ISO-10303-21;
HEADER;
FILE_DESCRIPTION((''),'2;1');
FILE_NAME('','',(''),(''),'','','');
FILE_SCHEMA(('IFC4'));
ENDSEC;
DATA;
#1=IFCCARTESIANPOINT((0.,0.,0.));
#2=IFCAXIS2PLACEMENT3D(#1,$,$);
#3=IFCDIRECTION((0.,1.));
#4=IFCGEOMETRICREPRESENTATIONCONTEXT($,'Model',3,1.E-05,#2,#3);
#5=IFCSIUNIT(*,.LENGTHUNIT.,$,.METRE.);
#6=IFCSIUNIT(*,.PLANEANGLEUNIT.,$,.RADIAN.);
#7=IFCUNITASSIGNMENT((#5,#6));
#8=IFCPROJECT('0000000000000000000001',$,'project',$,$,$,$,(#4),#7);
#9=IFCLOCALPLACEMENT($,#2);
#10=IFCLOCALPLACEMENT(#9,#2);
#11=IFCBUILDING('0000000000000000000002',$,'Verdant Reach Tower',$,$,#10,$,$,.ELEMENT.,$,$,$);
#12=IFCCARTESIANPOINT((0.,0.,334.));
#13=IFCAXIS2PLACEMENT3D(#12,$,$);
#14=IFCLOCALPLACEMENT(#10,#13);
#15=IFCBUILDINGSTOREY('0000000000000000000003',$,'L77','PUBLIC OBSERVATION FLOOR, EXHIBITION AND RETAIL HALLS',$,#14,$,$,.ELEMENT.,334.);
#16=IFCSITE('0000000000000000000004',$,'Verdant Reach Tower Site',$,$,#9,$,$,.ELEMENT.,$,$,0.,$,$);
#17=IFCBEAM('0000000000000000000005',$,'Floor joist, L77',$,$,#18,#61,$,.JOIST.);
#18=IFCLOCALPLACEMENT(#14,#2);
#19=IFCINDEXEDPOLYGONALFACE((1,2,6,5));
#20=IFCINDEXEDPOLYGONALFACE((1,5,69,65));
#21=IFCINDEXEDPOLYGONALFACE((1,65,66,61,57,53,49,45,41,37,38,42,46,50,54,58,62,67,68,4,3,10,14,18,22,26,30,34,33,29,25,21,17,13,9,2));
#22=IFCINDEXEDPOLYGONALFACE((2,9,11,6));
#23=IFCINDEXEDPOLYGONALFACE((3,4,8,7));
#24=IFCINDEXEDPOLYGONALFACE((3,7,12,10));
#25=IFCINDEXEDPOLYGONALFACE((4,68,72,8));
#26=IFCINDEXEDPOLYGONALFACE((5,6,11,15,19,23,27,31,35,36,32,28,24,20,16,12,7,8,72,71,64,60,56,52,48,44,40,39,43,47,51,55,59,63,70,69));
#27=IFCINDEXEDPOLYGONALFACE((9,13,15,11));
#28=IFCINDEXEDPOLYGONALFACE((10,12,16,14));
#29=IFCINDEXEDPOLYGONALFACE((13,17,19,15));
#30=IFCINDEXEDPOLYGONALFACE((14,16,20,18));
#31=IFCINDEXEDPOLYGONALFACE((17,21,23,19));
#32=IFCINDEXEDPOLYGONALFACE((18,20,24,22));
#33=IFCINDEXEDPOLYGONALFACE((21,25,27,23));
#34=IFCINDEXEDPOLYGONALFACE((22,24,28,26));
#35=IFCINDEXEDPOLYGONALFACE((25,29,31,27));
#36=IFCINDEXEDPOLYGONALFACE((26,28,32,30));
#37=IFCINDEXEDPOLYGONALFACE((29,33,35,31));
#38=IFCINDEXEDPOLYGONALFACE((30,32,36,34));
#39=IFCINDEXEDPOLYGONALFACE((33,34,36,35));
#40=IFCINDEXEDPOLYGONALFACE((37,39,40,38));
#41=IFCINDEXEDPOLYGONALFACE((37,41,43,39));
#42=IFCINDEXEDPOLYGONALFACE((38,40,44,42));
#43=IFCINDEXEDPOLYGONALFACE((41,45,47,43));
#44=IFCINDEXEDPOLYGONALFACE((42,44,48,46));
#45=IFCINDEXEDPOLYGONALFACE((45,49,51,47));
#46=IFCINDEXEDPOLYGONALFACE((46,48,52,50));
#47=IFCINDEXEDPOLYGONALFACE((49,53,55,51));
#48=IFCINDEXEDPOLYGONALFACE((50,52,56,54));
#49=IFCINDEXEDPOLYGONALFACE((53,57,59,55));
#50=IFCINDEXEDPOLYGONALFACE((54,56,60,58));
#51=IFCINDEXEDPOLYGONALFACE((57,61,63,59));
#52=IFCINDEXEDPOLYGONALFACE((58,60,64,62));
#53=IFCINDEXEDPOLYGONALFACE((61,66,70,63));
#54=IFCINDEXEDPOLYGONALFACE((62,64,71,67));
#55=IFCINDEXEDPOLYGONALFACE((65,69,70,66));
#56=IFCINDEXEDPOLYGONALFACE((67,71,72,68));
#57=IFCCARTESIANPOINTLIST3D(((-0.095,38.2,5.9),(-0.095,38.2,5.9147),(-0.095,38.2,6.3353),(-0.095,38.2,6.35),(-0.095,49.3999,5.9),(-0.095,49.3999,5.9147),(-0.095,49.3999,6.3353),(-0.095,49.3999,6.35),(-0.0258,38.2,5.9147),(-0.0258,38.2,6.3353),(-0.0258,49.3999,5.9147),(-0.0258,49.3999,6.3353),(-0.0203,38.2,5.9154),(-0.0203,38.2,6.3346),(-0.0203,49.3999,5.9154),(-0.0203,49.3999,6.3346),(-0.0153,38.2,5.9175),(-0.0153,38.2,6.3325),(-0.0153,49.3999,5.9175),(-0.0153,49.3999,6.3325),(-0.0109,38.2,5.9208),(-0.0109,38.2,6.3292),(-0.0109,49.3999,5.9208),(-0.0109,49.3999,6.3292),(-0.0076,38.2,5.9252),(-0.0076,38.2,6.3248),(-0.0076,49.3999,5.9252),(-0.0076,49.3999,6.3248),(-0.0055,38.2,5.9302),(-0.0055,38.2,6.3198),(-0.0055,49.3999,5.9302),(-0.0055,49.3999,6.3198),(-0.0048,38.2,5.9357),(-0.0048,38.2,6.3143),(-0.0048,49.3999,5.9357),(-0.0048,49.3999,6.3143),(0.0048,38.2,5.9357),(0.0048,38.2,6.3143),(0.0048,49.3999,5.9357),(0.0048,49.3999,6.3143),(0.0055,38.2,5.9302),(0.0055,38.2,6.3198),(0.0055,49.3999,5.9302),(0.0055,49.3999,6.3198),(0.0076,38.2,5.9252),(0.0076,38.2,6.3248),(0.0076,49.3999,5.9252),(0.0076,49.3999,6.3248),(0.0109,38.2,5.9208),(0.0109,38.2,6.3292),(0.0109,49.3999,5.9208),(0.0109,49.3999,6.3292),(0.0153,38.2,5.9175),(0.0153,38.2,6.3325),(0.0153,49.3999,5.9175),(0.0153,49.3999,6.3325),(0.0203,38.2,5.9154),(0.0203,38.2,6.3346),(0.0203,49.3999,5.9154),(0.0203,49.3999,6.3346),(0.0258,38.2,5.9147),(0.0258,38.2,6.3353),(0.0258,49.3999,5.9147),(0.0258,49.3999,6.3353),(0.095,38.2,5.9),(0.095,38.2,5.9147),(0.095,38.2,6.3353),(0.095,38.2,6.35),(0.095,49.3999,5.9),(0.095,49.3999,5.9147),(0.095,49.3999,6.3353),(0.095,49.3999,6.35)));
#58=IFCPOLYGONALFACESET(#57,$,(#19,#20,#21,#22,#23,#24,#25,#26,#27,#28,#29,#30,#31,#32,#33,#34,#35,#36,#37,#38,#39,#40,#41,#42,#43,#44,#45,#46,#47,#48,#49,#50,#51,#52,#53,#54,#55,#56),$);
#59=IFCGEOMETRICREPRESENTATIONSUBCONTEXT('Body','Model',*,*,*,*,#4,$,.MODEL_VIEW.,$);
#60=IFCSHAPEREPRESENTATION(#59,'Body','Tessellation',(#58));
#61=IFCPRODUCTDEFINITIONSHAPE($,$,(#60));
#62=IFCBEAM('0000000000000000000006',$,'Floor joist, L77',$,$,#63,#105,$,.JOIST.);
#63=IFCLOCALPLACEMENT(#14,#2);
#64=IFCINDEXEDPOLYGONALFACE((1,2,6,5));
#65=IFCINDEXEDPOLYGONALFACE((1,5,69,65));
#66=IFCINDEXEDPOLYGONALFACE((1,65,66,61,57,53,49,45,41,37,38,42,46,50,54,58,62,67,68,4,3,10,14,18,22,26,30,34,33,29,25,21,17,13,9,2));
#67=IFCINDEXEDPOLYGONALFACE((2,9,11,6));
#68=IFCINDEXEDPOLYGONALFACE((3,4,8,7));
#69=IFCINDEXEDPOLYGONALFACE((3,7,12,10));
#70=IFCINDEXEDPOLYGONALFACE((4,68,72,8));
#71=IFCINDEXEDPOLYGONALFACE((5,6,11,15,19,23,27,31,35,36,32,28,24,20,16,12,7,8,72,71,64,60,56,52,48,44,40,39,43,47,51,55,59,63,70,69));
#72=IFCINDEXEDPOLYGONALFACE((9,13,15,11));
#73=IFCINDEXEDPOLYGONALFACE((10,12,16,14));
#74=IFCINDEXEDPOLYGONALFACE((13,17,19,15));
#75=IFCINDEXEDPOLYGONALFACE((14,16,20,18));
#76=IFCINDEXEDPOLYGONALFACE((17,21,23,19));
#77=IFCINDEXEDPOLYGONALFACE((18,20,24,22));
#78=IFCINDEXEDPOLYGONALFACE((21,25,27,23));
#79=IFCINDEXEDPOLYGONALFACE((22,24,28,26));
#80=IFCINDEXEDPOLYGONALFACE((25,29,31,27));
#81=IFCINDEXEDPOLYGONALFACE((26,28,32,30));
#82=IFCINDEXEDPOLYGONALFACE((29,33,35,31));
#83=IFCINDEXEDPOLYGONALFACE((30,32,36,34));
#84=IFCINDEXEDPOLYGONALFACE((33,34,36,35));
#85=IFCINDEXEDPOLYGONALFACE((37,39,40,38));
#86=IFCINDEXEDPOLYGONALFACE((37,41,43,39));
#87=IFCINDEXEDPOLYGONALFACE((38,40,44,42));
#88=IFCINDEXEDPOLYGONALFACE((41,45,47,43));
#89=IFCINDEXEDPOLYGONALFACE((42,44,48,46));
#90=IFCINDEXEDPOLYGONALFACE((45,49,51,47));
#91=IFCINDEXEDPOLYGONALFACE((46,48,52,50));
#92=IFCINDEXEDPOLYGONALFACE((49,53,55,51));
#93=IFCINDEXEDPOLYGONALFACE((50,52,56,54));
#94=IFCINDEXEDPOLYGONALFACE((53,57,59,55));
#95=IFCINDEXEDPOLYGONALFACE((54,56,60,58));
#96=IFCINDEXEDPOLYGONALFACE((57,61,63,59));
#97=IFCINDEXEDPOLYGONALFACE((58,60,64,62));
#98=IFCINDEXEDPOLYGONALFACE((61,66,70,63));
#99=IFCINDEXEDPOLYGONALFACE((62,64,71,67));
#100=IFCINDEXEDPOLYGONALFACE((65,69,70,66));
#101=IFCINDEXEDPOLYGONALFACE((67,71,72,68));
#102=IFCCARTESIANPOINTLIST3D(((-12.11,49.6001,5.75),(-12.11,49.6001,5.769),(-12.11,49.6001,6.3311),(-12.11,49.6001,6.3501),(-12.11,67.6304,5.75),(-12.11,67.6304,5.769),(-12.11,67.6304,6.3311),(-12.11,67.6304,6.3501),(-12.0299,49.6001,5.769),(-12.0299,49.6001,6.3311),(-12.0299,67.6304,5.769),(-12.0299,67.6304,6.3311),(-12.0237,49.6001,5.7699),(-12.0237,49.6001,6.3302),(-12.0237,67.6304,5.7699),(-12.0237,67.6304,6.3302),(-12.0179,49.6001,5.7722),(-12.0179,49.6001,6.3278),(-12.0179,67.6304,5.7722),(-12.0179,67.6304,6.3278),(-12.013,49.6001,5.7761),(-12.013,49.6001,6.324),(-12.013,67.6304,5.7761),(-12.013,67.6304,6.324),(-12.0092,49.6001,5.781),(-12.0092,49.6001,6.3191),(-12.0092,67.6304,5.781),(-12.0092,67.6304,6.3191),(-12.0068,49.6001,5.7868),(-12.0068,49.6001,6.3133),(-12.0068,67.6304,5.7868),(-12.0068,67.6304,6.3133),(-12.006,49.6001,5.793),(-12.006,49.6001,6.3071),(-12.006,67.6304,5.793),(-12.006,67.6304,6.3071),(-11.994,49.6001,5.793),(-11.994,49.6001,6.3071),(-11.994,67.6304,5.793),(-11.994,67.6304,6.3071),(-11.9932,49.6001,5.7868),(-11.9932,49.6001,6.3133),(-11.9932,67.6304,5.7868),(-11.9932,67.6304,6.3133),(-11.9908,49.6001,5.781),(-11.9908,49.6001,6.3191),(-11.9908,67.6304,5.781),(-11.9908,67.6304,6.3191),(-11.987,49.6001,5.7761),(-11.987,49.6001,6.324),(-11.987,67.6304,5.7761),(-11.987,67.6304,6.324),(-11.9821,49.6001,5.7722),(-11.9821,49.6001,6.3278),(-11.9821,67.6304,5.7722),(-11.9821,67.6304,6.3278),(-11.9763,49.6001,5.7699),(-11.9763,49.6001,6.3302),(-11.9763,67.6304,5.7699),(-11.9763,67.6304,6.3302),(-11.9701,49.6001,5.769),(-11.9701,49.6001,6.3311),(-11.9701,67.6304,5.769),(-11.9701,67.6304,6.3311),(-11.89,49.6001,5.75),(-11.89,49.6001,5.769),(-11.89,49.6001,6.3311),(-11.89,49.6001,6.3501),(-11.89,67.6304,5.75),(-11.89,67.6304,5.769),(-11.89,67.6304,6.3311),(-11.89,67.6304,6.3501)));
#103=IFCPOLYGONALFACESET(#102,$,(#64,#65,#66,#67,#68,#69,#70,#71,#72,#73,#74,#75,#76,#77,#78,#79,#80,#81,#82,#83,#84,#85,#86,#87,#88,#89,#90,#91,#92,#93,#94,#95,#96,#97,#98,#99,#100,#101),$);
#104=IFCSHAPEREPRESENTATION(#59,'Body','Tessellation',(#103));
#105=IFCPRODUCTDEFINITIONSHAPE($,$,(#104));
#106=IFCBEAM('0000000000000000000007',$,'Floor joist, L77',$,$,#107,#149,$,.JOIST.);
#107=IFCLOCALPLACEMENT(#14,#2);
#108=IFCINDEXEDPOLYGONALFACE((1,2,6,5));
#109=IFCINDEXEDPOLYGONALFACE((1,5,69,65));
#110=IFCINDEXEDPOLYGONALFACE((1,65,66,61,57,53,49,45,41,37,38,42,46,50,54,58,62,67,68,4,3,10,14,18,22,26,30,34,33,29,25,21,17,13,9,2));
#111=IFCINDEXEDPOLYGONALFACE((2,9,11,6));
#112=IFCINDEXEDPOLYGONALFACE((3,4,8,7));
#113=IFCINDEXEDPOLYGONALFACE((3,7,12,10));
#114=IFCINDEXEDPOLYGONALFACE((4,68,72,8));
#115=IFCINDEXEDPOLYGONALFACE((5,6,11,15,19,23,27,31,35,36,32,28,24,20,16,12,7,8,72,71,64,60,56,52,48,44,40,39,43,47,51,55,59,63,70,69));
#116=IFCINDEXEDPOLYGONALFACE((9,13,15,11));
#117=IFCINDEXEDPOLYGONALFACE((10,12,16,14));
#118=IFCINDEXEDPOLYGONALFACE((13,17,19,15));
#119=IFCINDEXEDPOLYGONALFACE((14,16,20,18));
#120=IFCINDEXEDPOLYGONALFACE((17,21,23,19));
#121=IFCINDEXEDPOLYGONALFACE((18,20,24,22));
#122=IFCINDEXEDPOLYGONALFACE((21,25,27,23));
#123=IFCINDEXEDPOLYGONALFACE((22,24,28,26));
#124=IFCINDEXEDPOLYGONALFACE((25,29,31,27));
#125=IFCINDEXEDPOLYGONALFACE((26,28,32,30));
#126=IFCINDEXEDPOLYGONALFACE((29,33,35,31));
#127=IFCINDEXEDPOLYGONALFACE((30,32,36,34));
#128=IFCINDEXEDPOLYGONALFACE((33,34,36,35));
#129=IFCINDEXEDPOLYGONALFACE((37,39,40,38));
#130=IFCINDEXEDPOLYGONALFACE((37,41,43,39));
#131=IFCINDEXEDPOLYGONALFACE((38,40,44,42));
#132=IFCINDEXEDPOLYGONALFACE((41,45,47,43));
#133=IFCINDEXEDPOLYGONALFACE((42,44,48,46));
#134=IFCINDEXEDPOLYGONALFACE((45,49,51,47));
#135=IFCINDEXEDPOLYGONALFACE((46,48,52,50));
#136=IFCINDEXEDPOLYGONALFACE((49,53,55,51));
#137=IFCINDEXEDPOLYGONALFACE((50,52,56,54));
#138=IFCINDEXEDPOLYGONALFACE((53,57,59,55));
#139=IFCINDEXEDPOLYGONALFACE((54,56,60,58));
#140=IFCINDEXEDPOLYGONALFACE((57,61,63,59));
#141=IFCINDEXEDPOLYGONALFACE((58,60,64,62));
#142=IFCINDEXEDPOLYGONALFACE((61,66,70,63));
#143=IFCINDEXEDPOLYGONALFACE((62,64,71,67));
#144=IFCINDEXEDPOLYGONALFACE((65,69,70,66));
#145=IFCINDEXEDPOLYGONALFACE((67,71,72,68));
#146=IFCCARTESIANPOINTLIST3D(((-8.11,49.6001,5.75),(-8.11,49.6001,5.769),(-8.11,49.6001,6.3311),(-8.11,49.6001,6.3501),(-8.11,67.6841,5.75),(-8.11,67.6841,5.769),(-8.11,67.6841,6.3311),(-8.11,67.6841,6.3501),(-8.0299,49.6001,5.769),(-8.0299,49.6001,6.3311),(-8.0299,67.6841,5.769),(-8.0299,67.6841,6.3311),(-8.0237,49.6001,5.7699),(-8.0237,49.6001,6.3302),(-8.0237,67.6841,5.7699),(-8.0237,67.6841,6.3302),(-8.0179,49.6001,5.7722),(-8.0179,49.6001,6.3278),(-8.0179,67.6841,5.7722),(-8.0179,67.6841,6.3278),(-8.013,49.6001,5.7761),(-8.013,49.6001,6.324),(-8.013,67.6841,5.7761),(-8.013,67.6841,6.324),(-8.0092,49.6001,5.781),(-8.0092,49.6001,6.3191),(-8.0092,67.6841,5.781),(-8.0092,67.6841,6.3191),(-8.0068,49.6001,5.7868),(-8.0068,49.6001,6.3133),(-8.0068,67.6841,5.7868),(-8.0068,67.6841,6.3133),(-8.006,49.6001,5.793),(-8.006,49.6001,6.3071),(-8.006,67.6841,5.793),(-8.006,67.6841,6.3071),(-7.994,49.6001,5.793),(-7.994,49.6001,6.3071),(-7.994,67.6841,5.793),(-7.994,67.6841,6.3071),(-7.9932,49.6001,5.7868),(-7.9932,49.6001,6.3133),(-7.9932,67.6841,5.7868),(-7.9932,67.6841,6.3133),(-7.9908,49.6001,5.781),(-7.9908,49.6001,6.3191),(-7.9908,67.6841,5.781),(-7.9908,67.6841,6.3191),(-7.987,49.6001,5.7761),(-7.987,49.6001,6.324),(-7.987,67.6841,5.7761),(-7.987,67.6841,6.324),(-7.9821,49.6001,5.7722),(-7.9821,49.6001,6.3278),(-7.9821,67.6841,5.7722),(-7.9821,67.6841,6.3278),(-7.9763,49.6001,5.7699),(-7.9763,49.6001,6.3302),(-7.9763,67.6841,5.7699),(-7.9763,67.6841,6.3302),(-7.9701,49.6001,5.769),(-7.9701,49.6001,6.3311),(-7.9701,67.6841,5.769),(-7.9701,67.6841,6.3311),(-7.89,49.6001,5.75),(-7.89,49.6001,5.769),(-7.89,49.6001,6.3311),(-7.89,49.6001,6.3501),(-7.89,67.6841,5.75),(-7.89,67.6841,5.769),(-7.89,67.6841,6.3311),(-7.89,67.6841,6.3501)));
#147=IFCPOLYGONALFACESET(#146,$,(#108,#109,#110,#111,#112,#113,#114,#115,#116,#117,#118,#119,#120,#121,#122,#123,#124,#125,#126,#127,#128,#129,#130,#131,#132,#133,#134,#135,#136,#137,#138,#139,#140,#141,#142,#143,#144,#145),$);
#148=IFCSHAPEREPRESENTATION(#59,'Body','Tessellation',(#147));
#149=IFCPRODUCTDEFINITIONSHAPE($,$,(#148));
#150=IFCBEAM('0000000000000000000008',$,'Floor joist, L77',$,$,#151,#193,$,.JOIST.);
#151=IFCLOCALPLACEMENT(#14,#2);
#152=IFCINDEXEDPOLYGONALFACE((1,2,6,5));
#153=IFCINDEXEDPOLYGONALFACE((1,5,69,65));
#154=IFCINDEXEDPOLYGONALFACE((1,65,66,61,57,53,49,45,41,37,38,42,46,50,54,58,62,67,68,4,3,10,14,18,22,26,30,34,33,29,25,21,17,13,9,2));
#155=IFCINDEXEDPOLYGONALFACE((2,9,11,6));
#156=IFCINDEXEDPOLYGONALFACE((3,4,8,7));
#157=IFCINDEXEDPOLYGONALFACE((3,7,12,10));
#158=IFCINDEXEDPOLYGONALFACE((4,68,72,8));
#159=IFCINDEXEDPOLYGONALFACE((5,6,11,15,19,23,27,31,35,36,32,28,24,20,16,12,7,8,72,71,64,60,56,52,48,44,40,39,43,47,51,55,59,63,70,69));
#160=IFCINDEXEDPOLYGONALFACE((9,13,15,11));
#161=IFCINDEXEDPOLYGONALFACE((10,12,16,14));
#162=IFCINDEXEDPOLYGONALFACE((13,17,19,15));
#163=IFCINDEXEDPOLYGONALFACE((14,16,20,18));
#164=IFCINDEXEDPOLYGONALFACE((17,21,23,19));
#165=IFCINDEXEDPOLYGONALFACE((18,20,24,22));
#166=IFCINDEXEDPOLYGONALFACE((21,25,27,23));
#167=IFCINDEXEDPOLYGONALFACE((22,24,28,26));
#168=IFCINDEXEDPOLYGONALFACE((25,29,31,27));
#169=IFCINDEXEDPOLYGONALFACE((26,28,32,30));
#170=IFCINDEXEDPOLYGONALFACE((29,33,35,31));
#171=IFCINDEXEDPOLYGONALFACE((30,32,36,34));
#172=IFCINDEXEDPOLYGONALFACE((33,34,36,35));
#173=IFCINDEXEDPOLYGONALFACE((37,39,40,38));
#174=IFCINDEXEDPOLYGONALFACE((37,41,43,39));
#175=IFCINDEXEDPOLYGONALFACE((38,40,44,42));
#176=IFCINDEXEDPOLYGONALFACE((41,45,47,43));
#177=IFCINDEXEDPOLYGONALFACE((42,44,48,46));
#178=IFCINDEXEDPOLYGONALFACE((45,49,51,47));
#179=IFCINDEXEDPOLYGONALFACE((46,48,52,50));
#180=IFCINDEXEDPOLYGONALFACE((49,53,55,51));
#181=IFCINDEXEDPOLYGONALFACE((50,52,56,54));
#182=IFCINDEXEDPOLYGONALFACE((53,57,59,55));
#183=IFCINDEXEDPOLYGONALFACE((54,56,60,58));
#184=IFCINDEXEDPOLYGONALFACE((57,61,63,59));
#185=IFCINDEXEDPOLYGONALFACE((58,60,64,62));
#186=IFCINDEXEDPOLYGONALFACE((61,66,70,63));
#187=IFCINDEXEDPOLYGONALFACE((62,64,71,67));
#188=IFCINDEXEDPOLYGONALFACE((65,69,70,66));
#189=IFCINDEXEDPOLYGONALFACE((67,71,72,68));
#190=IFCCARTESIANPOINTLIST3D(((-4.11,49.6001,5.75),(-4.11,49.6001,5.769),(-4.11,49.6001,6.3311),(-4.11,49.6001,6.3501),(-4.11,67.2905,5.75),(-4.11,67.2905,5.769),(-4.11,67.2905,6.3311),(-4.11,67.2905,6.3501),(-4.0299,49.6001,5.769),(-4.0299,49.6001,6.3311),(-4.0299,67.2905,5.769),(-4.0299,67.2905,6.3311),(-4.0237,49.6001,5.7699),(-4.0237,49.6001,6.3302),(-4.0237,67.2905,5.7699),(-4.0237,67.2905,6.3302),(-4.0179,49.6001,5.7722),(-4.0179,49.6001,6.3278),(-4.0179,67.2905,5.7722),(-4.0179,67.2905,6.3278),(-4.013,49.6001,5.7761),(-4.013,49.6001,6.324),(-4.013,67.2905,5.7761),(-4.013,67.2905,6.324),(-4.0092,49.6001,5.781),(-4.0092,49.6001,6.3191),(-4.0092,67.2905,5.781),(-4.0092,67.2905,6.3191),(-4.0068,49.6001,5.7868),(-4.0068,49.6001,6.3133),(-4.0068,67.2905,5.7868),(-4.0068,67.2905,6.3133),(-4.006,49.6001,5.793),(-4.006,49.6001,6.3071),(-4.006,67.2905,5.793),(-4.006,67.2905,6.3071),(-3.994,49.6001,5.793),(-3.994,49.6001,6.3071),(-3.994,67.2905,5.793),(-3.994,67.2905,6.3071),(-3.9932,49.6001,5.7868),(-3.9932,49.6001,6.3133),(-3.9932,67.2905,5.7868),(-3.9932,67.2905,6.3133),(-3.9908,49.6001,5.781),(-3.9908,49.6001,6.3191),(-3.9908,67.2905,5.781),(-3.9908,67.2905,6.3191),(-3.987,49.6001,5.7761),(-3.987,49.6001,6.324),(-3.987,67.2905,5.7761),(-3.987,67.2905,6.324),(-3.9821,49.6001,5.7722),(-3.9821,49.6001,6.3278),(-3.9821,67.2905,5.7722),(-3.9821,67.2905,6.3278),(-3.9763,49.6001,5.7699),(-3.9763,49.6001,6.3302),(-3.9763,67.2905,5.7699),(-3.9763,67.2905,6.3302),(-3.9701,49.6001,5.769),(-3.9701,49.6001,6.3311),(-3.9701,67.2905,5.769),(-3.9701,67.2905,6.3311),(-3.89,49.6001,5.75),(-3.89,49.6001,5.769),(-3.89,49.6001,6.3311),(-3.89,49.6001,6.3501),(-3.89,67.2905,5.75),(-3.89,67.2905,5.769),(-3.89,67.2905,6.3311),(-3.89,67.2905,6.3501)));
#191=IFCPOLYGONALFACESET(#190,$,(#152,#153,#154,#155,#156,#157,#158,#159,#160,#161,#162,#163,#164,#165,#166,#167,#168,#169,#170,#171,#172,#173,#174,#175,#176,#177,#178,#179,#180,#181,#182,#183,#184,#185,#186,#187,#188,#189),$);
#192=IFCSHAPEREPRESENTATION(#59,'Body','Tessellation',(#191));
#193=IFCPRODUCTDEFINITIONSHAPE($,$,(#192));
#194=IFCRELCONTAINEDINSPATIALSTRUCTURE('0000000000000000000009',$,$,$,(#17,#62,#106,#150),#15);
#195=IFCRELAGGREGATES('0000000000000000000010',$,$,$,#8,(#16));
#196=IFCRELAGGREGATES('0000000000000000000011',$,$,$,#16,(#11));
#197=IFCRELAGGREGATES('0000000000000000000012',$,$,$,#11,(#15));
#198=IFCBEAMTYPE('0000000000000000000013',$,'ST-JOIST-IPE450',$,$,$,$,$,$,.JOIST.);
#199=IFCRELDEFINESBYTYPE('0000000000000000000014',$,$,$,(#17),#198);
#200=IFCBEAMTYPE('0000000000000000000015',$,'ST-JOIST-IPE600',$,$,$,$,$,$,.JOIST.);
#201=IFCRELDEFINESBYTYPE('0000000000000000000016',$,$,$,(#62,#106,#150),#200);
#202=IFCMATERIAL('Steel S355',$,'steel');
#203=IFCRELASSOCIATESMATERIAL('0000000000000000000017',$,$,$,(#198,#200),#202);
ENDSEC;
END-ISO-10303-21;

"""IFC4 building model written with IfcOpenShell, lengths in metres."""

from ifc_helpers import new_model, si_unit, direction, frame, origin, origin_2d, place, context, subcontext, project, spatial, i_section, extrude, material, material_profile, profile_set, type_object, element, save


model = new_model("IFC4")

# Units and contexts
model_context = context("Model", 3, precision=1e-05, world=origin(), true_north=direction((0.0, 1.0)))
body_context = subcontext(model_context, "Body", "Model", "MODEL_VIEW")
ifc_project = project(units=[si_unit("LENGTHUNIT", "METRE"), si_unit("PLANEANGLEUNIT", "RADIAN")], contexts=[model_context])

# Site, building, storey
site_placement = place(None, origin())
site = spatial("IfcSite", under=ifc_project, at=site_placement, Name="Verdant Reach Tower Site", CompositionType="ELEMENT", RefElevation=0.0)
building_placement = place(site_placement, origin())
building = spatial("IfcBuilding", under=site, at=building_placement, Name="Verdant Reach Tower", CompositionType="ELEMENT")
storey_placement = place(building_placement, frame((0.0, 0.0, 334.0)))
storey = spatial("IfcBuildingStorey", under=building, at=storey_placement, Name="L77", Description="PUBLIC OBSERVATION FLOOR, EXHIBITION AND RETAIL HALLS", CompositionType="ELEMENT", Elevation=334.0)

# Beams
ifc_material_1 = material(Name="Steel S355", Category="steel")
ifc_material_profile_1 = material_profile(ifc_material_1, i_section(OverallWidth=0.1899, OverallDepth=0.45, WebThickness=0.0095, FlangeThickness=0.0146, FilletRadius=0.021, at=origin_2d()), Name="IPE 450")
ifc_profile_set_1 = profile_set([ifc_material_profile_1], Name="Steel S355")
beam_type_1 = type_object("IfcBeamType", Name="ST-JOIST-IPE450", PredefinedType="JOIST", material=ifc_profile_set_1)
for number, where, z_axis, x_axis, name in (
    (1, (0.0, 38.2, 6.125), (0.0, 1.0, 0.0), (-1.0, 0.0, 0.0), "Floor joist, L77"),
):
    element("IfcBeam", number, at=place(storey_placement, frame(where, z_axis=z_axis, x_axis=x_axis)), inside=storey, type_object=beam_type_1, Name=name, PredefinedType="JOIST", context=body_context, shape_type="SweptSolid", body=[
        extrude(i_section(OverallWidth=0.1899, OverallDepth=0.45, WebThickness=0.0095, FlangeThickness=0.0146, FilletRadius=0.021, at=origin_2d()), origin(), (0.0, 0.0, 1.0), 11.2),
    ])
ifc_material_profile_2 = material_profile(ifc_material_1, i_section(OverallWidth=0.22, OverallDepth=0.6001, WebThickness=0.012, FlangeThickness=0.019, FilletRadius=0.0239, at=origin_2d()), Name="IPE 600")
ifc_profile_set_2 = profile_set([ifc_material_profile_2], Name="Steel S355")
beam_type_2 = type_object("IfcBeamType", Name="ST-JOIST-IPE600", PredefinedType="JOIST", material=ifc_profile_set_2)
beam_1_placement = place(storey_placement, frame((-12.0, 49.6001, 6.05), z_axis=(0.0, 1.0, 0.0), x_axis=(-1.0, 0.0, 0.0)))
element("IfcBeam", 2, at=beam_1_placement, inside=storey, type_object=beam_type_2, Name="Floor joist, L77", PredefinedType="JOIST", context=body_context, shape_type="SweptSolid", body=[
    extrude(i_section(OverallWidth=0.22, OverallDepth=0.6001, WebThickness=0.012, FlangeThickness=0.019, FilletRadius=0.0239, at=origin_2d()), origin(), (0.0, 0.0, 1.0), 18.0303),
])
beam_2_placement = place(storey_placement, frame((-8.0, 49.6001, 6.05), z_axis=(0.0, 1.0, 0.0), x_axis=(-1.0, 0.0, 0.0)))
element("IfcBeam", 3, at=beam_2_placement, inside=storey, type_object=beam_type_2, Name="Floor joist, L77", PredefinedType="JOIST", context=body_context, shape_type="SweptSolid", body=[
    extrude(i_section(OverallWidth=0.22, OverallDepth=0.6001, WebThickness=0.012, FlangeThickness=0.019, FilletRadius=0.0239, at=origin_2d()), origin(), (0.0, 0.0, 1.0), 18.084),
])
beam_3_placement = place(storey_placement, frame((-4.0, 49.6001, 6.05), z_axis=(0.0, 1.0, 0.0), x_axis=(-1.0, 0.0, 0.0)))
element("IfcBeam", 4, at=beam_3_placement, inside=storey, type_object=beam_type_2, Name="Floor joist, L77", PredefinedType="JOIST", context=body_context, shape_type="SweptSolid", body=[
    extrude(i_section(OverallWidth=0.22, OverallDepth=0.6001, WebThickness=0.012, FlangeThickness=0.019, FilletRadius=0.0239, at=origin_2d()), origin(), (0.0, 0.0, 1.0), 17.6904),
])

save(model, "model.ifc")
